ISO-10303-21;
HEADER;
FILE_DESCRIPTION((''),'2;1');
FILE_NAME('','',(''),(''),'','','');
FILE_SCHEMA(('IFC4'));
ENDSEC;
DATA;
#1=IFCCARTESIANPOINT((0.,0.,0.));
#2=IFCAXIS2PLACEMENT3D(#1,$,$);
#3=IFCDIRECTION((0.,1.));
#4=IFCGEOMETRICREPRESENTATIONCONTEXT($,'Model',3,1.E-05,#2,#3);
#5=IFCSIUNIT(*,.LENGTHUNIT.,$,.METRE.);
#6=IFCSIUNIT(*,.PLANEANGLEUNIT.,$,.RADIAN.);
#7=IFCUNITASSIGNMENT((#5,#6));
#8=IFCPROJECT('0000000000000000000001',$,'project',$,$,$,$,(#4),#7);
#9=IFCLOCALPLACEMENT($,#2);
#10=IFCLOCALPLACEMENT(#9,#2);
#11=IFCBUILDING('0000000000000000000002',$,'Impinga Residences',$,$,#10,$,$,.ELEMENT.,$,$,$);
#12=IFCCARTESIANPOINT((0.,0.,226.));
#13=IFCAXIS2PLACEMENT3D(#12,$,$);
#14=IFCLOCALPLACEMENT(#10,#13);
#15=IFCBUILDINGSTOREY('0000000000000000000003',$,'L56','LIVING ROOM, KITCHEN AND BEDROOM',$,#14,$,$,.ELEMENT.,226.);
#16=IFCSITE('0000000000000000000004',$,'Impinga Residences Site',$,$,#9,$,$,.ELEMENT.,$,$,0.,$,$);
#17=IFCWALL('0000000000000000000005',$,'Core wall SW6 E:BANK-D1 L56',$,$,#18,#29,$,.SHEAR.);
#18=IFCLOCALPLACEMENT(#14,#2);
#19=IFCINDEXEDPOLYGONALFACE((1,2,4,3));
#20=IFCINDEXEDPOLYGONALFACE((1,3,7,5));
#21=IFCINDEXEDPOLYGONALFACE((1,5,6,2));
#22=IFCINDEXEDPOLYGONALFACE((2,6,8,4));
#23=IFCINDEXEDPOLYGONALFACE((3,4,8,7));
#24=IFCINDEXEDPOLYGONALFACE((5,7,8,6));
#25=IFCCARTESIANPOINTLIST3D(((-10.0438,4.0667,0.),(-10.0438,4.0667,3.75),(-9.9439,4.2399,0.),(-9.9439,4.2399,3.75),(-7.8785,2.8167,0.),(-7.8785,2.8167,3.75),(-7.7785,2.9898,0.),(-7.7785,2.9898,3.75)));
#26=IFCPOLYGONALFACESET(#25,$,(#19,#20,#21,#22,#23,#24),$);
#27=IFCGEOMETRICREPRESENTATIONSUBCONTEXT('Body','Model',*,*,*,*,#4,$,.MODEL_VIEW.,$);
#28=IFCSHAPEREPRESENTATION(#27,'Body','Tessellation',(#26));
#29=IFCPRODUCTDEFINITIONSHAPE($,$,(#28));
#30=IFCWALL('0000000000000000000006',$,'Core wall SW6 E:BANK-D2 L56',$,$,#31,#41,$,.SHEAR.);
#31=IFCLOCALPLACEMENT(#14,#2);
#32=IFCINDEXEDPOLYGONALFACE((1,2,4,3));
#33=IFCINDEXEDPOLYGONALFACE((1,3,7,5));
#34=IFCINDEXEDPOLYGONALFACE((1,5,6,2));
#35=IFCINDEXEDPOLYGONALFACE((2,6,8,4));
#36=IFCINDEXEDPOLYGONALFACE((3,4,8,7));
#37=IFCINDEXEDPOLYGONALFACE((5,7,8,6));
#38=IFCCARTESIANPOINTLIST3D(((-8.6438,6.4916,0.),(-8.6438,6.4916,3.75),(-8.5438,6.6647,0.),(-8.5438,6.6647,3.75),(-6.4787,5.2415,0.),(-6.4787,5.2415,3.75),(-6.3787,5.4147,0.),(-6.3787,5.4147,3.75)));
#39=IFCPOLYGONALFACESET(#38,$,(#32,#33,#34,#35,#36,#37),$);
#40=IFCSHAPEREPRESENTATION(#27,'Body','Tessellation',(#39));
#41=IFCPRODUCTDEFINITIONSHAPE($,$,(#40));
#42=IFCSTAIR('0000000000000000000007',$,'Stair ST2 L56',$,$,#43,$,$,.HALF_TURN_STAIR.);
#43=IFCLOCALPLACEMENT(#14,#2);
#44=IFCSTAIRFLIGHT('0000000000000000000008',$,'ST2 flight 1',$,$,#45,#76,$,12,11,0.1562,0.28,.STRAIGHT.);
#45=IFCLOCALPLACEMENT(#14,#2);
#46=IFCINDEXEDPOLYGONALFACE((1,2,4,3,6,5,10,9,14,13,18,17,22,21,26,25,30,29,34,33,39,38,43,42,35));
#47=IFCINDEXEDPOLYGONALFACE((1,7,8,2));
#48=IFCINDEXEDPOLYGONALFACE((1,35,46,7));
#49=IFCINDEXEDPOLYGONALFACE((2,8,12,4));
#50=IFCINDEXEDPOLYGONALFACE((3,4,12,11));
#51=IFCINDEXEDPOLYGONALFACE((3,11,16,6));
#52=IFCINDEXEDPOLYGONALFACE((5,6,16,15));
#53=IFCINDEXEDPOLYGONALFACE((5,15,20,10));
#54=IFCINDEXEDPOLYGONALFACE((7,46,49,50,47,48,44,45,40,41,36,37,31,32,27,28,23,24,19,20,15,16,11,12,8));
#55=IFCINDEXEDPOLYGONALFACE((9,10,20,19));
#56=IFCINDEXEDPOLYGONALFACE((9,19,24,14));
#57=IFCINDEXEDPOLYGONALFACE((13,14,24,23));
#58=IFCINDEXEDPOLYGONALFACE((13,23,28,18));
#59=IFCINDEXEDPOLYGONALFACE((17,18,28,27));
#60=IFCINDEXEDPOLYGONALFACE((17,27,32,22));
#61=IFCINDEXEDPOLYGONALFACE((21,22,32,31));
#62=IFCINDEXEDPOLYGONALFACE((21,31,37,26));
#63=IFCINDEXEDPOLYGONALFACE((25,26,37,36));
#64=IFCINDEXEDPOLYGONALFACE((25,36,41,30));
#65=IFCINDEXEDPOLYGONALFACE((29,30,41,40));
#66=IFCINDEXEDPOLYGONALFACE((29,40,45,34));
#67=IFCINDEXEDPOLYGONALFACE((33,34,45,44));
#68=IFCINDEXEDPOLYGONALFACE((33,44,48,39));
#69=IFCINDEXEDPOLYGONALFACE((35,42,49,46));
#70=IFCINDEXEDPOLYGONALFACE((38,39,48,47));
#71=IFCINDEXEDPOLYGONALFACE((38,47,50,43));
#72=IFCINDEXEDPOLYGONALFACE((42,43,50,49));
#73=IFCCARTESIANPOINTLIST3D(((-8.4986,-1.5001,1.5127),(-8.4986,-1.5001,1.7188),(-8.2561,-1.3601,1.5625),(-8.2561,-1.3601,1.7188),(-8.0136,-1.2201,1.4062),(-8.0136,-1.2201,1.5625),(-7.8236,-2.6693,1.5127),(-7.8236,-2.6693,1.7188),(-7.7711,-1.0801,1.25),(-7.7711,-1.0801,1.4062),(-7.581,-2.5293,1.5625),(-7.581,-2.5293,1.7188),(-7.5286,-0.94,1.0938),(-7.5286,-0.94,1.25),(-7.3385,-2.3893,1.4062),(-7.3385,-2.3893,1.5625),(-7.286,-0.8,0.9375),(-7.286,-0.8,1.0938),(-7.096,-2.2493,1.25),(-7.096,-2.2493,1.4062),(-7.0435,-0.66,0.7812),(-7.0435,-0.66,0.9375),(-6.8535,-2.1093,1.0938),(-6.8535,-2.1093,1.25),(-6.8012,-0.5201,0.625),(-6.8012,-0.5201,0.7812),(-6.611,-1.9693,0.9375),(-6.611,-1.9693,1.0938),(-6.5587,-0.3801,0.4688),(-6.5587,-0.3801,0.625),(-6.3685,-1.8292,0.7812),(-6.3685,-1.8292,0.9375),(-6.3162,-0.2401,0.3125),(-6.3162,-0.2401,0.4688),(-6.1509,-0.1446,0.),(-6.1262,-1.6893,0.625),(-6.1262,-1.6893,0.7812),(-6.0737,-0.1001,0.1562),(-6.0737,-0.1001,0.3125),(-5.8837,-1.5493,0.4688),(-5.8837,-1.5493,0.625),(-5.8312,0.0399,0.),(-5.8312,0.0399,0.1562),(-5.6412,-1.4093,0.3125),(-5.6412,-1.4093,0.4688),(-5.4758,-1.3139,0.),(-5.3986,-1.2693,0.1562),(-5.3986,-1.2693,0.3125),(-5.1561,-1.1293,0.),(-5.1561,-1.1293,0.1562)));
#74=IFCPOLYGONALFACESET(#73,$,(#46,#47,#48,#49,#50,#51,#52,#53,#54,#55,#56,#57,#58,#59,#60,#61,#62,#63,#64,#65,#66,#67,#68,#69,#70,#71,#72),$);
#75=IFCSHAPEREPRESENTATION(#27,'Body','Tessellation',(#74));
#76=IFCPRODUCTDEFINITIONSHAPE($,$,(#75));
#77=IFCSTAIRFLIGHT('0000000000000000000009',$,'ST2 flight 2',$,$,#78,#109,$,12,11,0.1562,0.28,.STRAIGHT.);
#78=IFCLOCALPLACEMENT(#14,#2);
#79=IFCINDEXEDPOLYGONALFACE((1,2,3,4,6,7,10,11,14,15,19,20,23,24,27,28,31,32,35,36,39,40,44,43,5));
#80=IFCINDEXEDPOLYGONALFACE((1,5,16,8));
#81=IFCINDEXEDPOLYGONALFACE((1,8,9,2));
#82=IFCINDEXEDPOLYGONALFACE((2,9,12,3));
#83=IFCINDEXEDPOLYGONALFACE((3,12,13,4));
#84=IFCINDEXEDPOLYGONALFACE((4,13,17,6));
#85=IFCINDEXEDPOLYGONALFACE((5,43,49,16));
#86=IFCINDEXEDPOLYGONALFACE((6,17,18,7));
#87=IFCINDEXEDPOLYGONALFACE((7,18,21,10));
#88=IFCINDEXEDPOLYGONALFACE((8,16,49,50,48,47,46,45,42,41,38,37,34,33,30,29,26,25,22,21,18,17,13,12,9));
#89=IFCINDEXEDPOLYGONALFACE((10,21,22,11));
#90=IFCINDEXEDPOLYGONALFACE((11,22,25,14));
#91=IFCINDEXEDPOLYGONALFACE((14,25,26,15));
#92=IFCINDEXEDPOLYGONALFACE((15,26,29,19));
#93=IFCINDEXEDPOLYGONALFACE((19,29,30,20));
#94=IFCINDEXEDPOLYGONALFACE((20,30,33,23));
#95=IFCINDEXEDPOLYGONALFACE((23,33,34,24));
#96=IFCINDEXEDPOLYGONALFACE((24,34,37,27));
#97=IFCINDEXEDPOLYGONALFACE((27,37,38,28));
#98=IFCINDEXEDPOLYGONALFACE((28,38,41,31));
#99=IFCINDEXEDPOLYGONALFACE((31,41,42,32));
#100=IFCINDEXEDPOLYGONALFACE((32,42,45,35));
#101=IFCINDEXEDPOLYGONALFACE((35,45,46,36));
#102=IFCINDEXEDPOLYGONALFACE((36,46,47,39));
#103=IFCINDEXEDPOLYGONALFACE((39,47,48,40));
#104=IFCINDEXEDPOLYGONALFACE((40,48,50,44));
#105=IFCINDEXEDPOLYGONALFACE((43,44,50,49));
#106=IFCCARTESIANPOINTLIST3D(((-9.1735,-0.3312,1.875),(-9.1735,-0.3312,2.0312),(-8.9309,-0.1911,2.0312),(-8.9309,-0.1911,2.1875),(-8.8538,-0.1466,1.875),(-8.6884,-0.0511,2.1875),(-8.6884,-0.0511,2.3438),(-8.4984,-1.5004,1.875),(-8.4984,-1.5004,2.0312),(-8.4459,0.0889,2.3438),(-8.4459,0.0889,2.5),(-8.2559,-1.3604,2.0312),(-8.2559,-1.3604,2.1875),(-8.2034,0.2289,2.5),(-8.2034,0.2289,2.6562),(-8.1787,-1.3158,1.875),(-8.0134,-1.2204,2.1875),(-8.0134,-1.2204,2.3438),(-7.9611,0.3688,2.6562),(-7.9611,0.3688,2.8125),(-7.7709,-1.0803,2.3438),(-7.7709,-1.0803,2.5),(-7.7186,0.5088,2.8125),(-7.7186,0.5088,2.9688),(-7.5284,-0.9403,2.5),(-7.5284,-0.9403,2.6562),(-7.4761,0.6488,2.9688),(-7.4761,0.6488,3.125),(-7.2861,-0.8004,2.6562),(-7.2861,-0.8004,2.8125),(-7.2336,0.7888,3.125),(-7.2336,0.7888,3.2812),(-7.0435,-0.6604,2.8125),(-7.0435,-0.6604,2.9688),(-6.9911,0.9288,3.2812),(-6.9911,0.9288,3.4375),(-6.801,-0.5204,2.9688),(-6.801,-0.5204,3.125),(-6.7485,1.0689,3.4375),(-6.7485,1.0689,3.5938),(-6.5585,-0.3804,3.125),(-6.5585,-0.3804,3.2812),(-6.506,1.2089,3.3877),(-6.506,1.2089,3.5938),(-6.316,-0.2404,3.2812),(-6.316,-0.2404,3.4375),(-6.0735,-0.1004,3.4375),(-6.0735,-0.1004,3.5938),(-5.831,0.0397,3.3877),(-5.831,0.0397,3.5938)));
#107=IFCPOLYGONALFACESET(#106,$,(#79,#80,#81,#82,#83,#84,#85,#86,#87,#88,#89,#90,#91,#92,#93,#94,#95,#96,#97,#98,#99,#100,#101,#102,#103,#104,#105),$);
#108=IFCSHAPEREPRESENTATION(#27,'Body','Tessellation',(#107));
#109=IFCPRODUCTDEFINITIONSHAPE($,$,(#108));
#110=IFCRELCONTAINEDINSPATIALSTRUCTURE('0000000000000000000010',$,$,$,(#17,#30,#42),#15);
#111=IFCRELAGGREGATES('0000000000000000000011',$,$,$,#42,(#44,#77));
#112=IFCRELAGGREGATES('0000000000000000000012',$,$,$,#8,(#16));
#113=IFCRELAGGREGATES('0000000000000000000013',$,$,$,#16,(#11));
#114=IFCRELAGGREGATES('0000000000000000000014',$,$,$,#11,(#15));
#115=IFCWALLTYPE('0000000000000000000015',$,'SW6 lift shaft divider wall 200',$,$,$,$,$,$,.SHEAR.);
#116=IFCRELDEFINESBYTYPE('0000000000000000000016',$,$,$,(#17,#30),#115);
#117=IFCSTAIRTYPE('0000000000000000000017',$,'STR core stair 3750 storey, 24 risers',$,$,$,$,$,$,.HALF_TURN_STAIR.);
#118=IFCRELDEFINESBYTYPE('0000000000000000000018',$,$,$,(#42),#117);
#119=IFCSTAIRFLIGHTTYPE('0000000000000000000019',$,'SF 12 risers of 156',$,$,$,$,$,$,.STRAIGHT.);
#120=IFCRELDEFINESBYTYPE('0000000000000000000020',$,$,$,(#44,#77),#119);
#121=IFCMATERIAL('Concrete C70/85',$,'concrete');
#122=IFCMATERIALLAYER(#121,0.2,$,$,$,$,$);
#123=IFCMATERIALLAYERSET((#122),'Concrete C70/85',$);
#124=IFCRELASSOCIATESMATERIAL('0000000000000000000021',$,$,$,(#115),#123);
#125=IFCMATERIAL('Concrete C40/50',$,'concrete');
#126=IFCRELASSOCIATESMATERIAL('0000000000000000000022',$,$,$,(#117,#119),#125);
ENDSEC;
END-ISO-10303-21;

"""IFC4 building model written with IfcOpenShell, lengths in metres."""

from ifc_helpers import new_model, si_unit, direction, frame, frame_2d, origin, place, context, subcontext, project, spatial, polyline, rectangle, outline, extrude, material, layer, layer_set, type_object, element, aggregate, save


model = new_model("IFC4")

# Units and contexts
model_context = context("Model", 3, precision=1e-05, world=origin(), true_north=direction((0.0, 1.0)))
body_context = subcontext(model_context, "Body", "Model", "MODEL_VIEW")
ifc_project = project(units=[si_unit("LENGTHUNIT", "METRE"), si_unit("PLANEANGLEUNIT", "RADIAN")], contexts=[model_context])

# Site, building, storey
site_placement = place(None, origin())
site = spatial("IfcSite", under=ifc_project, at=site_placement, Name="Impinga Residences Site", CompositionType="ELEMENT", RefElevation=0.0)
building_placement = place(site_placement, origin())
building = spatial("IfcBuilding", under=site, at=building_placement, Name="Impinga Residences", CompositionType="ELEMENT")
storey_placement = place(building_placement, frame((0.0, 0.0, 226.0)))
storey = spatial("IfcBuildingStorey", under=building, at=storey_placement, Name="L56", Description="LIVING ROOM, KITCHEN AND BEDROOM", CompositionType="ELEMENT", Elevation=226.0)

# Shared definitions
ifc_material_1 = material(Name="Concrete C70/85", Category="concrete")

# Walls
ifc_layer_1 = layer(ifc_material_1, 0.2)
ifc_layer_set_1 = layer_set([ifc_layer_1], Name="Concrete C70/85")
wall_type_1 = type_object("IfcWallType", Name="SW6 lift shaft divider wall 200", PredefinedType="SHEAR", material=ifc_layer_set_1)
wall_1_placement = place(storey_placement, frame((-7.8286, 2.9033, 0.0), z_axis=(0.0, 0.0, 1.0), x_axis=(-0.866047, 0.499962, 0.0)))
element("IfcWall", 1, at=wall_1_placement, inside=storey, type_object=wall_type_1, Name="Core wall SW6 E:BANK-D1 L56", PredefinedType="SHEAR", context=body_context, shape_type="SweptSolid", body=[
    extrude(rectangle(XDim=2.5002, YDim=0.2, at=frame_2d((1.25, 0.0))), origin(), (0.0, 0.0, 1.0), 3.75),
])
wall_2_placement = place(storey_placement, frame((-6.4287, 5.3281, 0.0), z_axis=(0.0, 0.0, 1.0), x_axis=(-0.866023, 0.500004, 0.0)))
element("IfcWall", 2, at=wall_2_placement, inside=storey, type_object=wall_type_1, Name="Core wall SW6 E:BANK-D2 L56", PredefinedType="SHEAR", context=body_context, shape_type="SweptSolid", body=[
    extrude(rectangle(XDim=2.5, YDim=0.2, at=frame_2d((1.25, 0.0))), origin(), (0.0, 0.0, 1.0), 3.75),
])

# Stair, stair flights
ifc_material_2 = material(Name="Concrete C40/50", Category="concrete")
stair_type = type_object("IfcStairType", Name="STR core stair 3750 storey, 24 risers", PredefinedType="HALF_TURN_STAIR", material=ifc_material_2)
stair_placement = place(storey_placement, origin())
stair = element("IfcStair", 3, at=stair_placement, inside=storey, type_object=stair_type, Name="Stair ST2 L56", PredefinedType="HALF_TURN_STAIR")
stair_flight_type = type_object("IfcStairFlightType", Name="SF 12 risers of 156", PredefinedType="STRAIGHT", material=ifc_material_2)
stair_flight_1_placement = place(storey_placement, frame((-5.4937, -0.5447, 0.0), z_axis=(0.0, 0.0, 1.0), x_axis=(-0.866025, -0.5, 0.0)))
stair_flight_1 = element("IfcStairFlight", 4, at=stair_flight_1_placement, type_object=stair_flight_type, Name="ST2 flight 1", NumberOfRisers=12, NumberOfTreads=11, PredefinedType="STRAIGHT", RiserHeight=0.1562, TreadLength=0.28, context=body_context, shape_type="SweptSolid", body=[
    extrude(outline(polyline([(0.0, 0.0), (0.0, 0.1562), (0.28, 0.1562), (0.28, 0.3125), (0.5601, 0.3125), (0.5601, 0.4688), (0.8401, 0.4688), (0.8401, 0.625), (1.1201, 0.625), (1.1201, 0.7812), (1.3999, 0.7812), (1.3999, 0.9375), (1.6799, 0.9375), (1.6799, 1.0938), (1.96, 1.0938), (1.96, 1.25), (2.24, 1.25), (2.24, 1.4062), (2.52, 1.4062), (2.52, 1.5625), (2.8, 1.5625), (2.8, 1.7188), (3.0801, 1.7188), (3.0801, 1.875), (3.0801, 1.5127), (0.3691, 0.0), (0.0, 0.0)])), frame((0.0, 0.675, 0.0), z_axis=(0.0, -1.0, 0.0), x_axis=(1.0, 0.0, 0.0)), (0.0, 0.0, 1.0), 1.3501),
])
stair_flight_2_placement = place(storey_placement, frame((-8.8359, -0.9158, 1.875), z_axis=(0.0, 0.0, 1.0), x_axis=(0.866025, 0.5, 0.0)))
stair_flight_2 = element("IfcStairFlight", 5, at=stair_flight_2_placement, type_object=stair_flight_type, Name="ST2 flight 2", NumberOfRisers=12, NumberOfTreads=11, PredefinedType="STRAIGHT", RiserHeight=0.1562, TreadLength=0.28, context=body_context, shape_type="SweptSolid", body=[
    extrude(outline(polyline([(0.0, 0.0), (0.0, 0.1562), (0.28, 0.1562), (0.28, 0.3125), (0.5601, 0.3125), (0.5601, 0.4688), (0.8401, 0.4688), (0.8401, 0.625), (1.1201, 0.625), (1.1201, 0.7812), (1.3999, 0.7812), (1.3999, 0.9375), (1.6799, 0.9375), (1.6799, 1.0938), (1.96, 1.0938), (1.96, 1.25), (2.24, 1.25), (2.24, 1.4062), (2.52, 1.4062), (2.52, 1.5625), (2.8, 1.5625), (2.8, 1.7188), (3.0801, 1.7188), (3.0801, 1.875), (3.0801, 1.5127), (0.3691, 0.0), (0.0, 0.0)])), frame((0.0, 0.675, 0.0), z_axis=(0.0, -1.0, 0.0), x_axis=(1.0, 0.0, 0.0)), (0.0, 0.0, 1.0), 1.3501),
])
aggregate(stair, [stair_flight_1, stair_flight_2])

save(model, "model.ifc")
